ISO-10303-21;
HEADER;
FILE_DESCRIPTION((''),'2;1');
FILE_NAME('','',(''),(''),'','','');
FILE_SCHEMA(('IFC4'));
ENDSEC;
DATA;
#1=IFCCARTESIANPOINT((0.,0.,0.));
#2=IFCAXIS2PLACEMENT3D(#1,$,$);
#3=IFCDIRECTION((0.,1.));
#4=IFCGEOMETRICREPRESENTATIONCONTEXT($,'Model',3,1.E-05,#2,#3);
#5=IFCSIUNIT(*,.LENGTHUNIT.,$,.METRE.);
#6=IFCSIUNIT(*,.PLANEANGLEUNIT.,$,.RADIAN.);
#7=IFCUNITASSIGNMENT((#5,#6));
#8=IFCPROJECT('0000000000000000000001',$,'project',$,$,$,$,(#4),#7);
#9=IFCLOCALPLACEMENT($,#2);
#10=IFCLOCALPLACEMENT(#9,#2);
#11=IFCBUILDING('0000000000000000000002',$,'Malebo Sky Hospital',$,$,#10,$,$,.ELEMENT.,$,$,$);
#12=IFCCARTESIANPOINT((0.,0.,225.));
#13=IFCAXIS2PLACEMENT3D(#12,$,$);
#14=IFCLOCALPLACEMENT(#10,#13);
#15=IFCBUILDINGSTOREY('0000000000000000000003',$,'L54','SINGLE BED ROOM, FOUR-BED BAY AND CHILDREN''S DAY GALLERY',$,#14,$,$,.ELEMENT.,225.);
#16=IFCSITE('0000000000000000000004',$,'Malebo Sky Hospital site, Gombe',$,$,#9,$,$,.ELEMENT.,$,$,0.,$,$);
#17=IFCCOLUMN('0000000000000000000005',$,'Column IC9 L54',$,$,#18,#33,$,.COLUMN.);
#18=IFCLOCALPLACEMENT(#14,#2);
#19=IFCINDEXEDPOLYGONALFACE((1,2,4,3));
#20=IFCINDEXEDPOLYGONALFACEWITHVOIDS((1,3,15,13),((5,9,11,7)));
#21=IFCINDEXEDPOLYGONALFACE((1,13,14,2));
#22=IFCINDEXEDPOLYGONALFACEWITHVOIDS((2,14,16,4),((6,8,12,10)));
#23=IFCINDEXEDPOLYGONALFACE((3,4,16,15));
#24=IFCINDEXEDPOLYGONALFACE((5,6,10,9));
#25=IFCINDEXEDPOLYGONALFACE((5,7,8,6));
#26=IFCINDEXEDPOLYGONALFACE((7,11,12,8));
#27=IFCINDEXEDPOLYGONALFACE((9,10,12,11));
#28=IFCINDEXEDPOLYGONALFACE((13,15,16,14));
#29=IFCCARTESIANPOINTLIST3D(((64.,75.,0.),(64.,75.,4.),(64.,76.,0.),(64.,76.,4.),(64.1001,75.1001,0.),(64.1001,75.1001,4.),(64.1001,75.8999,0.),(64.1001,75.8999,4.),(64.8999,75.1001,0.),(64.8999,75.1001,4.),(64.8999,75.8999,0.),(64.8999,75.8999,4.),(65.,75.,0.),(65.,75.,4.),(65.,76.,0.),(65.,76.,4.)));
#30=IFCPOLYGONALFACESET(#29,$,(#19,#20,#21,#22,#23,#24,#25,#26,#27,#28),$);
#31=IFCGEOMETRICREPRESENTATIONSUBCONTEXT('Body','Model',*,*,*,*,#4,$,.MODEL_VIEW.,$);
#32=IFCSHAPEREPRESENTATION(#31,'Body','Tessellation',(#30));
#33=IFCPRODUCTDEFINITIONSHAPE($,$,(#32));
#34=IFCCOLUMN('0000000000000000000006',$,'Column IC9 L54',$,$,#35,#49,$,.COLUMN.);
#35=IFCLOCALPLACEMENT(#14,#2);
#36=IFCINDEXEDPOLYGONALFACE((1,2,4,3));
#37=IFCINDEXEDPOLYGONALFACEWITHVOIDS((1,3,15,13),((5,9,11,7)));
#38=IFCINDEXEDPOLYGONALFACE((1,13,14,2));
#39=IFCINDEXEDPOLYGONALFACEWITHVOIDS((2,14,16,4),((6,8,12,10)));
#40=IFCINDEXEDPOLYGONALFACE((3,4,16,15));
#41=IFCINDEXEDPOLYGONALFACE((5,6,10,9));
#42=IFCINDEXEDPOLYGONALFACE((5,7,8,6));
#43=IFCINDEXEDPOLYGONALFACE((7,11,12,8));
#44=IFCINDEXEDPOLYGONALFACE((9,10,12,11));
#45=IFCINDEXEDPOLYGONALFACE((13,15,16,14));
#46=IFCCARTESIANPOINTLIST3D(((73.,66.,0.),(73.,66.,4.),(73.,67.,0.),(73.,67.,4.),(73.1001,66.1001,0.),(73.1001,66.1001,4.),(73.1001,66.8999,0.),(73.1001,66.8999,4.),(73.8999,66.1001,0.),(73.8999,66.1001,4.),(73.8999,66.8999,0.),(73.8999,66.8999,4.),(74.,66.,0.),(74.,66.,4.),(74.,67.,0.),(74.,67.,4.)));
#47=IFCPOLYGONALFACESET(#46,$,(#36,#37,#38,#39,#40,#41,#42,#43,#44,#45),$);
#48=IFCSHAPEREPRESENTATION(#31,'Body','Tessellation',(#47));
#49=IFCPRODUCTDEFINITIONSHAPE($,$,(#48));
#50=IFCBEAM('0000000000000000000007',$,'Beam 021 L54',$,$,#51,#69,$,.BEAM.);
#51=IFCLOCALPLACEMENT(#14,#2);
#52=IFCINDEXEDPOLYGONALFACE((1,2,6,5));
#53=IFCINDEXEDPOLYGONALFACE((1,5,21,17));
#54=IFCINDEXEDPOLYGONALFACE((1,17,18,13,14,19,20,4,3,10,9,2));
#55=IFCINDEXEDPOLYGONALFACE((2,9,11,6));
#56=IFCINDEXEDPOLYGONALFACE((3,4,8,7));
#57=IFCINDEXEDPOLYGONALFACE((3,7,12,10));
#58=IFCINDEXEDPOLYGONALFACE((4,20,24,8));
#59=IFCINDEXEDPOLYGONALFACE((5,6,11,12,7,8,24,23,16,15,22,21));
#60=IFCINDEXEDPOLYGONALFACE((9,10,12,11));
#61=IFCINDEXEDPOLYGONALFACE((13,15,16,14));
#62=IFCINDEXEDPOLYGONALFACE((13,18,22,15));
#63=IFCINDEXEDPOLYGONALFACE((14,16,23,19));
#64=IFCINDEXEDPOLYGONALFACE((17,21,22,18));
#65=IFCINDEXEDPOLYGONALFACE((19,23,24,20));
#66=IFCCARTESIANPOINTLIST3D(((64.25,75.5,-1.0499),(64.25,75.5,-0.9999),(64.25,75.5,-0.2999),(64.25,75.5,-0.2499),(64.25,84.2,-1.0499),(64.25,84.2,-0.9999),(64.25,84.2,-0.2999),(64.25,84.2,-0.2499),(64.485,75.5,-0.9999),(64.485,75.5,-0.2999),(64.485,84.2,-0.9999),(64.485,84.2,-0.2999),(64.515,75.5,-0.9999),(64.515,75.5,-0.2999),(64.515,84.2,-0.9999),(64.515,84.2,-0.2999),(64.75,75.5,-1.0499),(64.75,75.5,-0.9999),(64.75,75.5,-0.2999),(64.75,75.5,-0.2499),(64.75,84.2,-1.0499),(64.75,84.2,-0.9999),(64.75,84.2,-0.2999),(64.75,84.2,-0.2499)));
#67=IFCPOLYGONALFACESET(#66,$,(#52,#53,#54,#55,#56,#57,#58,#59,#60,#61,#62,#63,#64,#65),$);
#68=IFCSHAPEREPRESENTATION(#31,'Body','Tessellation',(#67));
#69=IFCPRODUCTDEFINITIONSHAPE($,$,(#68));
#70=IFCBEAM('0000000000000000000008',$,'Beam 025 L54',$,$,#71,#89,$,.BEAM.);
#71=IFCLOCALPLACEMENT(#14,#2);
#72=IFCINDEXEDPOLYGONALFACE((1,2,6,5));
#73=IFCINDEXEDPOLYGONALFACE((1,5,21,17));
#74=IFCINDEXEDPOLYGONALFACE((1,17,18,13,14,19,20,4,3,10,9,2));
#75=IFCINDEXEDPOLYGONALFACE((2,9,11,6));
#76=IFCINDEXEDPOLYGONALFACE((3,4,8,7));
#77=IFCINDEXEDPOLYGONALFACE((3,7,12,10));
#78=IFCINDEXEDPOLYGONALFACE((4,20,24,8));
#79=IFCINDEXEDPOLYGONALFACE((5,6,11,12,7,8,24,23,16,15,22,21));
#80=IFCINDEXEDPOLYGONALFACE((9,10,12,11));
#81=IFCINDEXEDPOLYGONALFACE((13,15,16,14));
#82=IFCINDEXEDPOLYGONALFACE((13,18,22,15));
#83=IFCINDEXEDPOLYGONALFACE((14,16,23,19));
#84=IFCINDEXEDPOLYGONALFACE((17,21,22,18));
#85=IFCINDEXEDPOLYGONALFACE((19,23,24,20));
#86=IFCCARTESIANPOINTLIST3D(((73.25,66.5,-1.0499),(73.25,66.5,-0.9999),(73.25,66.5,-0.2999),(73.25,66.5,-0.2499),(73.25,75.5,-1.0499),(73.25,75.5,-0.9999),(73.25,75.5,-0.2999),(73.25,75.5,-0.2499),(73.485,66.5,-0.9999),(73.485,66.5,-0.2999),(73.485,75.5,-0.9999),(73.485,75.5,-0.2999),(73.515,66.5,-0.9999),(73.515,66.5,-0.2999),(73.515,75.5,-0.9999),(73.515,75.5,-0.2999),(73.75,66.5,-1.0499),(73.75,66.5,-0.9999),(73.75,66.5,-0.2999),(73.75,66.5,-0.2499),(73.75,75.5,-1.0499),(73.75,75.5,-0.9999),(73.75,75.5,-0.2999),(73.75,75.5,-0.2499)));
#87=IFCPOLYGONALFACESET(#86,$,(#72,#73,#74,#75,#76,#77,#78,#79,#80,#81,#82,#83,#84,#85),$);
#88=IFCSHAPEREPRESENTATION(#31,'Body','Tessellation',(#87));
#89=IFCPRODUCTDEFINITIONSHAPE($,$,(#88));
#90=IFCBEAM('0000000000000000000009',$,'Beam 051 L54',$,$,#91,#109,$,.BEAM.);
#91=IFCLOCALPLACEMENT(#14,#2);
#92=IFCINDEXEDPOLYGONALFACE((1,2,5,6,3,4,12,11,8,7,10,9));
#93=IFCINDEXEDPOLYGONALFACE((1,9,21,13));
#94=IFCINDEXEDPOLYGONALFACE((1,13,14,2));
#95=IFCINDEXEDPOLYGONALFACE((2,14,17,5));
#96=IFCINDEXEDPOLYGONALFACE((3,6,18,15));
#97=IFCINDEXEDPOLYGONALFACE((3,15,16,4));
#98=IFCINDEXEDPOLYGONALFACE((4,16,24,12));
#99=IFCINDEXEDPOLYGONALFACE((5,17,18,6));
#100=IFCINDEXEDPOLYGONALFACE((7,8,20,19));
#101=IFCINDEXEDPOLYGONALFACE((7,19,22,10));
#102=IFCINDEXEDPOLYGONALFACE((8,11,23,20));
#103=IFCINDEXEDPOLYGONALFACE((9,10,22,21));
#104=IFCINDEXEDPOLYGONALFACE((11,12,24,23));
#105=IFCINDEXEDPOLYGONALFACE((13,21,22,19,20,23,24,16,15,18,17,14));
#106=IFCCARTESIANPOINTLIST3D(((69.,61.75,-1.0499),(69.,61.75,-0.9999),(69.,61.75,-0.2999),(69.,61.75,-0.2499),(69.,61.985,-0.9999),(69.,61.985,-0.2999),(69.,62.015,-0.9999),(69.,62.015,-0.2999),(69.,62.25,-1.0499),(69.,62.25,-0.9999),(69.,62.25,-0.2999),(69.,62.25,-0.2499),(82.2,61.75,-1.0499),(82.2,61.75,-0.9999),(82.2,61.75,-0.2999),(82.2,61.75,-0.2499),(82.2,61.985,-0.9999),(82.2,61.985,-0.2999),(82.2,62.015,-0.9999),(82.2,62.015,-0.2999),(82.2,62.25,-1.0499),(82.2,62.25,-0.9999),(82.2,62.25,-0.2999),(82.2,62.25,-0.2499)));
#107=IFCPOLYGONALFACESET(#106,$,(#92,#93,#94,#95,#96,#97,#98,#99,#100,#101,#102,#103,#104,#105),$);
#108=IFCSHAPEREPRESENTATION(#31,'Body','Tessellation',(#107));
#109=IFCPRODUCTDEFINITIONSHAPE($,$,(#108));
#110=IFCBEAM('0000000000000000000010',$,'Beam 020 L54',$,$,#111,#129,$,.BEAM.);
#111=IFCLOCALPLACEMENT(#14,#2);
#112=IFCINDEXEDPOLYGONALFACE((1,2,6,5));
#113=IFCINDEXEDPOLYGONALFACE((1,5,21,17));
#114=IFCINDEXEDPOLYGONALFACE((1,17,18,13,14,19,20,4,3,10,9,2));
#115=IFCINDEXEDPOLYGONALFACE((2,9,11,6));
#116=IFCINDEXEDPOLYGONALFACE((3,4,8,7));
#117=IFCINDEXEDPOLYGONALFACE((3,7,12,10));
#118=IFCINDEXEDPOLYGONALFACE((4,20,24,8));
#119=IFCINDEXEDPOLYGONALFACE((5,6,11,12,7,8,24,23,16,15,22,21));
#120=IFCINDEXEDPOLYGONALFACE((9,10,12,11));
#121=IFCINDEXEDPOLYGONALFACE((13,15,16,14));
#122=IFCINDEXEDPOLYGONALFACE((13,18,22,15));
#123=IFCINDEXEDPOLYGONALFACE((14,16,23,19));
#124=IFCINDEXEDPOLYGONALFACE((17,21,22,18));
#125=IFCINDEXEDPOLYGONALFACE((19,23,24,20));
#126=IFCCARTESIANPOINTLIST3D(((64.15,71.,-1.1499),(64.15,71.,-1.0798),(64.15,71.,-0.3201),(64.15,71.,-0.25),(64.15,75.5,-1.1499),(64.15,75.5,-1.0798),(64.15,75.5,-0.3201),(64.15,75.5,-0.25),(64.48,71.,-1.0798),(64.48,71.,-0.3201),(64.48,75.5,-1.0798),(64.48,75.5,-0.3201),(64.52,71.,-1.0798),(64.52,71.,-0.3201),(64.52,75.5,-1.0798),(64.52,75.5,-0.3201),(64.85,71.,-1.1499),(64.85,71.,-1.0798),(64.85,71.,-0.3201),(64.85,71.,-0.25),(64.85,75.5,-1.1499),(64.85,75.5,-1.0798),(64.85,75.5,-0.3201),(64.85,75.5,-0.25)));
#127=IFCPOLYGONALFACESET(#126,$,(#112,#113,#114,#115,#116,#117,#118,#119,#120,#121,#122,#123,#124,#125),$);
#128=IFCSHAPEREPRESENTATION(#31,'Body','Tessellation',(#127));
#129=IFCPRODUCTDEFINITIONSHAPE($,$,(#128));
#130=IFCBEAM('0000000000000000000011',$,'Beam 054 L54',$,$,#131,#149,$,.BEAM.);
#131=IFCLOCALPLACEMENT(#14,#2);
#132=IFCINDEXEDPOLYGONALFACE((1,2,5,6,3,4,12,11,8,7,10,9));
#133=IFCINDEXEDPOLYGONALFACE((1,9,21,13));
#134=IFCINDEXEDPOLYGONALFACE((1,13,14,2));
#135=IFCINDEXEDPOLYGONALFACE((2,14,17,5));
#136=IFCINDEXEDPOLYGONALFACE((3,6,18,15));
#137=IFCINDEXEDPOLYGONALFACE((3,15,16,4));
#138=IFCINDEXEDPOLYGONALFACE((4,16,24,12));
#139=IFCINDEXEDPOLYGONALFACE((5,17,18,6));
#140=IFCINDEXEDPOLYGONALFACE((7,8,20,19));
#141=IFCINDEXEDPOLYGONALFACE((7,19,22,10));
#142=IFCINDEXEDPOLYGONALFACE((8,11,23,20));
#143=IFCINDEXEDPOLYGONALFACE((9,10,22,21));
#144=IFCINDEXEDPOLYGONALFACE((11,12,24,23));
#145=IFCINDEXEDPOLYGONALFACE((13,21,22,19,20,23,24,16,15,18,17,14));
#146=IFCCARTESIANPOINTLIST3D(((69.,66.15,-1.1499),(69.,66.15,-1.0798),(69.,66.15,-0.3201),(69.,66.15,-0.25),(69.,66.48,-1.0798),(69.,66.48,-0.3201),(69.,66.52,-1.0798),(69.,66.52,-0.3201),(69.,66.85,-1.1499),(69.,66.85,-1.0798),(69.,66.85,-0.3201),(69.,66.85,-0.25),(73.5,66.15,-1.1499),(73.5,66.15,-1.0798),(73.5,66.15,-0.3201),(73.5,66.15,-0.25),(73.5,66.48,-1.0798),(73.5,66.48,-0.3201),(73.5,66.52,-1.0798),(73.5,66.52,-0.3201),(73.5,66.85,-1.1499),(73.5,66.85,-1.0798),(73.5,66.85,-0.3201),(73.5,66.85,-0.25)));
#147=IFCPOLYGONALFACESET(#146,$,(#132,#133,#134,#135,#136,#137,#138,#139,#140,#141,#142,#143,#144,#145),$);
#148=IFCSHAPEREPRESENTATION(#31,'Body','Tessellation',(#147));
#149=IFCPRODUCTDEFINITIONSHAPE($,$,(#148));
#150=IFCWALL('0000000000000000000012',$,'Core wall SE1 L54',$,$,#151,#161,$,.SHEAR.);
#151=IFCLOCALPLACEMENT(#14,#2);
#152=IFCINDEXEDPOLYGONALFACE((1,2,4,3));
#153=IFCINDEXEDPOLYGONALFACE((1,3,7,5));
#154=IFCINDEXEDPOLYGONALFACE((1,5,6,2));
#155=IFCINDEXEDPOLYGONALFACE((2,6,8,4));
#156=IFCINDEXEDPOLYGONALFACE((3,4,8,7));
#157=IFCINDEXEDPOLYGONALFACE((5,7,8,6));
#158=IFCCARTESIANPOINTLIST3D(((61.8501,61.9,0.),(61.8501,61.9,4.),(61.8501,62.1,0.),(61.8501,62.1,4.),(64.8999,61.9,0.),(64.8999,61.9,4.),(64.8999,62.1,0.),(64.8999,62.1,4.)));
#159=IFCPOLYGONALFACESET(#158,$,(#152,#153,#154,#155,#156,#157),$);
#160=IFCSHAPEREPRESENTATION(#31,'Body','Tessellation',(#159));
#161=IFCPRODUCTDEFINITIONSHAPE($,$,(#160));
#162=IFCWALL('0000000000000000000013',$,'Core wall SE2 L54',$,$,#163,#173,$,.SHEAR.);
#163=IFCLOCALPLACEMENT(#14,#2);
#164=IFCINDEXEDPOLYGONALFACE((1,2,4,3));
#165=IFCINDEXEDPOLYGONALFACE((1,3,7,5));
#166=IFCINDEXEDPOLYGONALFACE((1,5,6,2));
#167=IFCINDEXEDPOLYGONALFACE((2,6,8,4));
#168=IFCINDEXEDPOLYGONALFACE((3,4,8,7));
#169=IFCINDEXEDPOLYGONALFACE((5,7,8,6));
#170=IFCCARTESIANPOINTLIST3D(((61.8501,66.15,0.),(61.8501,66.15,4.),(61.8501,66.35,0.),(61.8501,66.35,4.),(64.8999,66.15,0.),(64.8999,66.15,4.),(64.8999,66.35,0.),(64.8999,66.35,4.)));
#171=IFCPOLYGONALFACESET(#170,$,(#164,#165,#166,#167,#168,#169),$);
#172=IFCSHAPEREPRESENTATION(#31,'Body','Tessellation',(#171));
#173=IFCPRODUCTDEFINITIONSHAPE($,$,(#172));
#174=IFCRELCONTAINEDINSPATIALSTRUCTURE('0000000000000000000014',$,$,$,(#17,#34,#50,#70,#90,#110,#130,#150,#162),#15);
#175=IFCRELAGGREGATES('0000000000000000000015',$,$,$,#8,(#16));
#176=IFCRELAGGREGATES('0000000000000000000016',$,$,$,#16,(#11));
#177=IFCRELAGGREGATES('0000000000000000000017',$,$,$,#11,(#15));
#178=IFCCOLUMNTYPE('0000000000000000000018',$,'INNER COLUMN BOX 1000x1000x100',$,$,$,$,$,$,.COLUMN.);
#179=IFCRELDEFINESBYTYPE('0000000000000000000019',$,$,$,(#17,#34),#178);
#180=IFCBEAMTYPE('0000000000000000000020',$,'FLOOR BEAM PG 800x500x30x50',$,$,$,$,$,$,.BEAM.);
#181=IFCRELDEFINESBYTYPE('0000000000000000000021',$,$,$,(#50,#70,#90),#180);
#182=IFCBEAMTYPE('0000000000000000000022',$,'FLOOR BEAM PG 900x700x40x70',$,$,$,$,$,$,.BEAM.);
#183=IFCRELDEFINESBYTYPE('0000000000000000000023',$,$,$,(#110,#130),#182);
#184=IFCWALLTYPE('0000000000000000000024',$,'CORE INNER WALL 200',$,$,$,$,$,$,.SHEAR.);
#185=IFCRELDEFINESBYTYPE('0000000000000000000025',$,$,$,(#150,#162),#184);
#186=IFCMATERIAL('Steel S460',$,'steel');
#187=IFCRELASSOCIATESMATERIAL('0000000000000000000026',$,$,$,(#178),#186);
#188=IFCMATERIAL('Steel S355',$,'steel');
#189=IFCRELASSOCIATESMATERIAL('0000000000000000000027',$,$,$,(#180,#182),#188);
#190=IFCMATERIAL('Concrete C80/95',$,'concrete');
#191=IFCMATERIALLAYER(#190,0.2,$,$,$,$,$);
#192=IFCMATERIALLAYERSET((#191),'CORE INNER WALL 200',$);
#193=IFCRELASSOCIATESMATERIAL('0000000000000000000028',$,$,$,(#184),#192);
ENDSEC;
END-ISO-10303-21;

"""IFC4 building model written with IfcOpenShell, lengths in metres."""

from ifc_helpers import new_model, si_unit, direction, frame, frame_2d, origin, origin_2d, place, context, subcontext, project, spatial, rectangle, hollow_rectangle, i_section, extrude, material, layer, layer_set, material_profile, profile_set, type_object, element, save


model = new_model("IFC4")

# Units and contexts
model_context = context("Model", 3, precision=1e-05, world=origin(), true_north=direction((0.0, 1.0)))
body_context = subcontext(model_context, "Body", "Model", "MODEL_VIEW")
ifc_project = project(units=[si_unit("LENGTHUNIT", "METRE"), si_unit("PLANEANGLEUNIT", "RADIAN")], contexts=[model_context])

# Site, building, storey
site_placement = place(None, origin())
site = spatial("IfcSite", under=ifc_project, at=site_placement, Name="Malebo Sky Hospital site, Gombe", CompositionType="ELEMENT", RefElevation=0.0)
building_placement = place(site_placement, origin())
building = spatial("IfcBuilding", under=site, at=building_placement, Name="Malebo Sky Hospital", CompositionType="ELEMENT")
storey_placement = place(building_placement, frame((0.0, 0.0, 225.0)))
storey = spatial("IfcBuildingStorey", under=building, at=storey_placement, Name="L54", Description="SINGLE BED ROOM, FOUR-BED BAY AND CHILDREN'S DAY GALLERY", CompositionType="ELEMENT", Elevation=225.0)

# Columns
ifc_material_1 = material(Name="Steel S460", Category="steel")
ifc_material_profile_1 = material_profile(ifc_material_1, hollow_rectangle(XDim=1.0, YDim=1.0, WallThickness=0.1001, at=origin_2d()), Name="BOX 1000x1000x100")
ifc_profile_set_1 = profile_set([ifc_material_profile_1], Name="Steel S460")
column_type = type_object("IfcColumnType", Name="INNER COLUMN BOX 1000x1000x100", PredefinedType="COLUMN", material=ifc_profile_set_1)
for number, where, z_axis, x_axis, name in (
    (1, (64.5, 75.5, 0.0), (0.0, 0.0, 1.0), (1.0, 0.0, 0.0), "Column IC9 L54"),
    (2, (73.5, 66.5, 0.0), (0.0, 0.0, 1.0), (1.0, 0.0, 0.0), "Column IC9 L54"),
):
    element("IfcColumn", number, at=place(storey_placement, frame(where, z_axis=z_axis, x_axis=x_axis)), inside=storey, type_object=column_type, Name=name, PredefinedType="COLUMN", context=body_context, shape_type="SweptSolid", body=[
        extrude(hollow_rectangle(XDim=1.0, YDim=1.0, WallThickness=0.1001, at=origin_2d()), origin(), (0.0, 0.0, 1.0), 4.0),
    ])

# Beams
ifc_material_2 = material(Name="Steel S355", Category="steel")
ifc_material_profile_2 = material_profile(ifc_material_2, i_section(OverallWidth=0.5, OverallDepth=0.8, WebThickness=0.03, FlangeThickness=0.05, at=origin_2d()), Name="PG 800x500x30x50")
ifc_profile_set_2 = profile_set([ifc_material_profile_2], Name="Steel S355")
beam_type_1 = type_object("IfcBeamType", Name="FLOOR BEAM PG 800x500x30x50", PredefinedType="BEAM", material=ifc_profile_set_2)
beam_1_placement = place(storey_placement, frame((64.5, 75.5, -0.6499), z_axis=(0.0, 1.0, 0.0), x_axis=(-1.0, 0.0, 0.0)))
element("IfcBeam", 3, at=beam_1_placement, inside=storey, type_object=beam_type_1, Name="Beam 021 L54", PredefinedType="BEAM", context=body_context, shape_type="SweptSolid", body=[
    extrude(i_section(OverallWidth=0.5, OverallDepth=0.8, WebThickness=0.03, FlangeThickness=0.05, at=origin_2d()), origin(), (0.0, 0.0, 1.0), 8.7),
])
beam_2_placement = place(storey_placement, frame((73.5, 66.5, -0.6499), z_axis=(0.0, 1.0, 0.0), x_axis=(-1.0, 0.0, 0.0)))
element("IfcBeam", 4, at=beam_2_placement, inside=storey, type_object=beam_type_1, Name="Beam 025 L54", PredefinedType="BEAM", context=body_context, shape_type="SweptSolid", body=[
    extrude(i_section(OverallWidth=0.5, OverallDepth=0.8, WebThickness=0.03, FlangeThickness=0.05, at=origin_2d()), origin(), (0.0, 0.0, 1.0), 9.0),
])
beam_3_placement = place(storey_placement, frame((69.0, 62.0, -0.6499), z_axis=(1.0, 0.0, 0.0), x_axis=(0.0, 1.0, 0.0)))
element("IfcBeam", 5, at=beam_3_placement, inside=storey, type_object=beam_type_1, Name="Beam 051 L54", PredefinedType="BEAM", context=body_context, shape_type="SweptSolid", body=[
    extrude(i_section(OverallWidth=0.5, OverallDepth=0.8, WebThickness=0.03, FlangeThickness=0.05, at=origin_2d()), origin(), (0.0, 0.0, 1.0), 13.2),
])
ifc_material_profile_3 = material_profile(ifc_material_2, i_section(OverallWidth=0.7, OverallDepth=0.8999, WebThickness=0.04, FlangeThickness=0.0701, at=origin_2d()), Name="PG 900x700x40x70")
ifc_profile_set_3 = profile_set([ifc_material_profile_3], Name="Steel S355")
beam_type_2 = type_object("IfcBeamType", Name="FLOOR BEAM PG 900x700x40x70", PredefinedType="BEAM", material=ifc_profile_set_3)
for number, where, z_axis, x_axis, name in (
    (6, (64.5, 71.0, -0.7), (0.0, 1.0, 0.0), (-1.0, 0.0, 0.0), "Beam 020 L54"),
    (7, (69.0, 66.5, -0.7), (1.0, 0.0, 0.0), (0.0, 1.0, 0.0), "Beam 054 L54"),
):
    element("IfcBeam", number, at=place(storey_placement, frame(where, z_axis=z_axis, x_axis=x_axis)), inside=storey, type_object=beam_type_2, Name=name, PredefinedType="BEAM", context=body_context, shape_type="SweptSolid", body=[
        extrude(i_section(OverallWidth=0.7, OverallDepth=0.8999, WebThickness=0.04, FlangeThickness=0.0701, at=origin_2d()), origin(), (0.0, 0.0, 1.0), 4.5),
    ])

# Walls
ifc_material_3 = material(Name="Concrete C80/95", Category="concrete")
ifc_layer_1 = layer(ifc_material_3, 0.2)
ifc_layer_set_1 = layer_set([ifc_layer_1], Name="CORE INNER WALL 200")
wall_type_1 = type_object("IfcWallType", Name="CORE INNER WALL 200", PredefinedType="SHEAR", material=ifc_layer_set_1)
for number, where, z_axis, x_axis, name in (
    (8, (61.8501, 62.0, 0.0), (0.0, 0.0, 1.0), (1.0, 0.0, 0.0), "Core wall SE1 L54"),
    (9, (61.8501, 66.25, 0.0), (0.0, 0.0, 1.0), (1.0, 0.0, 0.0), "Core wall SE2 L54"),
):
    element("IfcWall", number, at=place(storey_placement, frame(where, z_axis=z_axis, x_axis=x_axis)), inside=storey, type_object=wall_type_1, Name=name, PredefinedType="SHEAR", context=body_context, shape_type="SweptSolid", body=[
        extrude(rectangle(XDim=3.0498, YDim=0.2, at=frame_2d((1.5249, 0.0))), origin(), (0.0, 0.0, 1.0), 4.0),
    ])

save(model, "model.ifc")
